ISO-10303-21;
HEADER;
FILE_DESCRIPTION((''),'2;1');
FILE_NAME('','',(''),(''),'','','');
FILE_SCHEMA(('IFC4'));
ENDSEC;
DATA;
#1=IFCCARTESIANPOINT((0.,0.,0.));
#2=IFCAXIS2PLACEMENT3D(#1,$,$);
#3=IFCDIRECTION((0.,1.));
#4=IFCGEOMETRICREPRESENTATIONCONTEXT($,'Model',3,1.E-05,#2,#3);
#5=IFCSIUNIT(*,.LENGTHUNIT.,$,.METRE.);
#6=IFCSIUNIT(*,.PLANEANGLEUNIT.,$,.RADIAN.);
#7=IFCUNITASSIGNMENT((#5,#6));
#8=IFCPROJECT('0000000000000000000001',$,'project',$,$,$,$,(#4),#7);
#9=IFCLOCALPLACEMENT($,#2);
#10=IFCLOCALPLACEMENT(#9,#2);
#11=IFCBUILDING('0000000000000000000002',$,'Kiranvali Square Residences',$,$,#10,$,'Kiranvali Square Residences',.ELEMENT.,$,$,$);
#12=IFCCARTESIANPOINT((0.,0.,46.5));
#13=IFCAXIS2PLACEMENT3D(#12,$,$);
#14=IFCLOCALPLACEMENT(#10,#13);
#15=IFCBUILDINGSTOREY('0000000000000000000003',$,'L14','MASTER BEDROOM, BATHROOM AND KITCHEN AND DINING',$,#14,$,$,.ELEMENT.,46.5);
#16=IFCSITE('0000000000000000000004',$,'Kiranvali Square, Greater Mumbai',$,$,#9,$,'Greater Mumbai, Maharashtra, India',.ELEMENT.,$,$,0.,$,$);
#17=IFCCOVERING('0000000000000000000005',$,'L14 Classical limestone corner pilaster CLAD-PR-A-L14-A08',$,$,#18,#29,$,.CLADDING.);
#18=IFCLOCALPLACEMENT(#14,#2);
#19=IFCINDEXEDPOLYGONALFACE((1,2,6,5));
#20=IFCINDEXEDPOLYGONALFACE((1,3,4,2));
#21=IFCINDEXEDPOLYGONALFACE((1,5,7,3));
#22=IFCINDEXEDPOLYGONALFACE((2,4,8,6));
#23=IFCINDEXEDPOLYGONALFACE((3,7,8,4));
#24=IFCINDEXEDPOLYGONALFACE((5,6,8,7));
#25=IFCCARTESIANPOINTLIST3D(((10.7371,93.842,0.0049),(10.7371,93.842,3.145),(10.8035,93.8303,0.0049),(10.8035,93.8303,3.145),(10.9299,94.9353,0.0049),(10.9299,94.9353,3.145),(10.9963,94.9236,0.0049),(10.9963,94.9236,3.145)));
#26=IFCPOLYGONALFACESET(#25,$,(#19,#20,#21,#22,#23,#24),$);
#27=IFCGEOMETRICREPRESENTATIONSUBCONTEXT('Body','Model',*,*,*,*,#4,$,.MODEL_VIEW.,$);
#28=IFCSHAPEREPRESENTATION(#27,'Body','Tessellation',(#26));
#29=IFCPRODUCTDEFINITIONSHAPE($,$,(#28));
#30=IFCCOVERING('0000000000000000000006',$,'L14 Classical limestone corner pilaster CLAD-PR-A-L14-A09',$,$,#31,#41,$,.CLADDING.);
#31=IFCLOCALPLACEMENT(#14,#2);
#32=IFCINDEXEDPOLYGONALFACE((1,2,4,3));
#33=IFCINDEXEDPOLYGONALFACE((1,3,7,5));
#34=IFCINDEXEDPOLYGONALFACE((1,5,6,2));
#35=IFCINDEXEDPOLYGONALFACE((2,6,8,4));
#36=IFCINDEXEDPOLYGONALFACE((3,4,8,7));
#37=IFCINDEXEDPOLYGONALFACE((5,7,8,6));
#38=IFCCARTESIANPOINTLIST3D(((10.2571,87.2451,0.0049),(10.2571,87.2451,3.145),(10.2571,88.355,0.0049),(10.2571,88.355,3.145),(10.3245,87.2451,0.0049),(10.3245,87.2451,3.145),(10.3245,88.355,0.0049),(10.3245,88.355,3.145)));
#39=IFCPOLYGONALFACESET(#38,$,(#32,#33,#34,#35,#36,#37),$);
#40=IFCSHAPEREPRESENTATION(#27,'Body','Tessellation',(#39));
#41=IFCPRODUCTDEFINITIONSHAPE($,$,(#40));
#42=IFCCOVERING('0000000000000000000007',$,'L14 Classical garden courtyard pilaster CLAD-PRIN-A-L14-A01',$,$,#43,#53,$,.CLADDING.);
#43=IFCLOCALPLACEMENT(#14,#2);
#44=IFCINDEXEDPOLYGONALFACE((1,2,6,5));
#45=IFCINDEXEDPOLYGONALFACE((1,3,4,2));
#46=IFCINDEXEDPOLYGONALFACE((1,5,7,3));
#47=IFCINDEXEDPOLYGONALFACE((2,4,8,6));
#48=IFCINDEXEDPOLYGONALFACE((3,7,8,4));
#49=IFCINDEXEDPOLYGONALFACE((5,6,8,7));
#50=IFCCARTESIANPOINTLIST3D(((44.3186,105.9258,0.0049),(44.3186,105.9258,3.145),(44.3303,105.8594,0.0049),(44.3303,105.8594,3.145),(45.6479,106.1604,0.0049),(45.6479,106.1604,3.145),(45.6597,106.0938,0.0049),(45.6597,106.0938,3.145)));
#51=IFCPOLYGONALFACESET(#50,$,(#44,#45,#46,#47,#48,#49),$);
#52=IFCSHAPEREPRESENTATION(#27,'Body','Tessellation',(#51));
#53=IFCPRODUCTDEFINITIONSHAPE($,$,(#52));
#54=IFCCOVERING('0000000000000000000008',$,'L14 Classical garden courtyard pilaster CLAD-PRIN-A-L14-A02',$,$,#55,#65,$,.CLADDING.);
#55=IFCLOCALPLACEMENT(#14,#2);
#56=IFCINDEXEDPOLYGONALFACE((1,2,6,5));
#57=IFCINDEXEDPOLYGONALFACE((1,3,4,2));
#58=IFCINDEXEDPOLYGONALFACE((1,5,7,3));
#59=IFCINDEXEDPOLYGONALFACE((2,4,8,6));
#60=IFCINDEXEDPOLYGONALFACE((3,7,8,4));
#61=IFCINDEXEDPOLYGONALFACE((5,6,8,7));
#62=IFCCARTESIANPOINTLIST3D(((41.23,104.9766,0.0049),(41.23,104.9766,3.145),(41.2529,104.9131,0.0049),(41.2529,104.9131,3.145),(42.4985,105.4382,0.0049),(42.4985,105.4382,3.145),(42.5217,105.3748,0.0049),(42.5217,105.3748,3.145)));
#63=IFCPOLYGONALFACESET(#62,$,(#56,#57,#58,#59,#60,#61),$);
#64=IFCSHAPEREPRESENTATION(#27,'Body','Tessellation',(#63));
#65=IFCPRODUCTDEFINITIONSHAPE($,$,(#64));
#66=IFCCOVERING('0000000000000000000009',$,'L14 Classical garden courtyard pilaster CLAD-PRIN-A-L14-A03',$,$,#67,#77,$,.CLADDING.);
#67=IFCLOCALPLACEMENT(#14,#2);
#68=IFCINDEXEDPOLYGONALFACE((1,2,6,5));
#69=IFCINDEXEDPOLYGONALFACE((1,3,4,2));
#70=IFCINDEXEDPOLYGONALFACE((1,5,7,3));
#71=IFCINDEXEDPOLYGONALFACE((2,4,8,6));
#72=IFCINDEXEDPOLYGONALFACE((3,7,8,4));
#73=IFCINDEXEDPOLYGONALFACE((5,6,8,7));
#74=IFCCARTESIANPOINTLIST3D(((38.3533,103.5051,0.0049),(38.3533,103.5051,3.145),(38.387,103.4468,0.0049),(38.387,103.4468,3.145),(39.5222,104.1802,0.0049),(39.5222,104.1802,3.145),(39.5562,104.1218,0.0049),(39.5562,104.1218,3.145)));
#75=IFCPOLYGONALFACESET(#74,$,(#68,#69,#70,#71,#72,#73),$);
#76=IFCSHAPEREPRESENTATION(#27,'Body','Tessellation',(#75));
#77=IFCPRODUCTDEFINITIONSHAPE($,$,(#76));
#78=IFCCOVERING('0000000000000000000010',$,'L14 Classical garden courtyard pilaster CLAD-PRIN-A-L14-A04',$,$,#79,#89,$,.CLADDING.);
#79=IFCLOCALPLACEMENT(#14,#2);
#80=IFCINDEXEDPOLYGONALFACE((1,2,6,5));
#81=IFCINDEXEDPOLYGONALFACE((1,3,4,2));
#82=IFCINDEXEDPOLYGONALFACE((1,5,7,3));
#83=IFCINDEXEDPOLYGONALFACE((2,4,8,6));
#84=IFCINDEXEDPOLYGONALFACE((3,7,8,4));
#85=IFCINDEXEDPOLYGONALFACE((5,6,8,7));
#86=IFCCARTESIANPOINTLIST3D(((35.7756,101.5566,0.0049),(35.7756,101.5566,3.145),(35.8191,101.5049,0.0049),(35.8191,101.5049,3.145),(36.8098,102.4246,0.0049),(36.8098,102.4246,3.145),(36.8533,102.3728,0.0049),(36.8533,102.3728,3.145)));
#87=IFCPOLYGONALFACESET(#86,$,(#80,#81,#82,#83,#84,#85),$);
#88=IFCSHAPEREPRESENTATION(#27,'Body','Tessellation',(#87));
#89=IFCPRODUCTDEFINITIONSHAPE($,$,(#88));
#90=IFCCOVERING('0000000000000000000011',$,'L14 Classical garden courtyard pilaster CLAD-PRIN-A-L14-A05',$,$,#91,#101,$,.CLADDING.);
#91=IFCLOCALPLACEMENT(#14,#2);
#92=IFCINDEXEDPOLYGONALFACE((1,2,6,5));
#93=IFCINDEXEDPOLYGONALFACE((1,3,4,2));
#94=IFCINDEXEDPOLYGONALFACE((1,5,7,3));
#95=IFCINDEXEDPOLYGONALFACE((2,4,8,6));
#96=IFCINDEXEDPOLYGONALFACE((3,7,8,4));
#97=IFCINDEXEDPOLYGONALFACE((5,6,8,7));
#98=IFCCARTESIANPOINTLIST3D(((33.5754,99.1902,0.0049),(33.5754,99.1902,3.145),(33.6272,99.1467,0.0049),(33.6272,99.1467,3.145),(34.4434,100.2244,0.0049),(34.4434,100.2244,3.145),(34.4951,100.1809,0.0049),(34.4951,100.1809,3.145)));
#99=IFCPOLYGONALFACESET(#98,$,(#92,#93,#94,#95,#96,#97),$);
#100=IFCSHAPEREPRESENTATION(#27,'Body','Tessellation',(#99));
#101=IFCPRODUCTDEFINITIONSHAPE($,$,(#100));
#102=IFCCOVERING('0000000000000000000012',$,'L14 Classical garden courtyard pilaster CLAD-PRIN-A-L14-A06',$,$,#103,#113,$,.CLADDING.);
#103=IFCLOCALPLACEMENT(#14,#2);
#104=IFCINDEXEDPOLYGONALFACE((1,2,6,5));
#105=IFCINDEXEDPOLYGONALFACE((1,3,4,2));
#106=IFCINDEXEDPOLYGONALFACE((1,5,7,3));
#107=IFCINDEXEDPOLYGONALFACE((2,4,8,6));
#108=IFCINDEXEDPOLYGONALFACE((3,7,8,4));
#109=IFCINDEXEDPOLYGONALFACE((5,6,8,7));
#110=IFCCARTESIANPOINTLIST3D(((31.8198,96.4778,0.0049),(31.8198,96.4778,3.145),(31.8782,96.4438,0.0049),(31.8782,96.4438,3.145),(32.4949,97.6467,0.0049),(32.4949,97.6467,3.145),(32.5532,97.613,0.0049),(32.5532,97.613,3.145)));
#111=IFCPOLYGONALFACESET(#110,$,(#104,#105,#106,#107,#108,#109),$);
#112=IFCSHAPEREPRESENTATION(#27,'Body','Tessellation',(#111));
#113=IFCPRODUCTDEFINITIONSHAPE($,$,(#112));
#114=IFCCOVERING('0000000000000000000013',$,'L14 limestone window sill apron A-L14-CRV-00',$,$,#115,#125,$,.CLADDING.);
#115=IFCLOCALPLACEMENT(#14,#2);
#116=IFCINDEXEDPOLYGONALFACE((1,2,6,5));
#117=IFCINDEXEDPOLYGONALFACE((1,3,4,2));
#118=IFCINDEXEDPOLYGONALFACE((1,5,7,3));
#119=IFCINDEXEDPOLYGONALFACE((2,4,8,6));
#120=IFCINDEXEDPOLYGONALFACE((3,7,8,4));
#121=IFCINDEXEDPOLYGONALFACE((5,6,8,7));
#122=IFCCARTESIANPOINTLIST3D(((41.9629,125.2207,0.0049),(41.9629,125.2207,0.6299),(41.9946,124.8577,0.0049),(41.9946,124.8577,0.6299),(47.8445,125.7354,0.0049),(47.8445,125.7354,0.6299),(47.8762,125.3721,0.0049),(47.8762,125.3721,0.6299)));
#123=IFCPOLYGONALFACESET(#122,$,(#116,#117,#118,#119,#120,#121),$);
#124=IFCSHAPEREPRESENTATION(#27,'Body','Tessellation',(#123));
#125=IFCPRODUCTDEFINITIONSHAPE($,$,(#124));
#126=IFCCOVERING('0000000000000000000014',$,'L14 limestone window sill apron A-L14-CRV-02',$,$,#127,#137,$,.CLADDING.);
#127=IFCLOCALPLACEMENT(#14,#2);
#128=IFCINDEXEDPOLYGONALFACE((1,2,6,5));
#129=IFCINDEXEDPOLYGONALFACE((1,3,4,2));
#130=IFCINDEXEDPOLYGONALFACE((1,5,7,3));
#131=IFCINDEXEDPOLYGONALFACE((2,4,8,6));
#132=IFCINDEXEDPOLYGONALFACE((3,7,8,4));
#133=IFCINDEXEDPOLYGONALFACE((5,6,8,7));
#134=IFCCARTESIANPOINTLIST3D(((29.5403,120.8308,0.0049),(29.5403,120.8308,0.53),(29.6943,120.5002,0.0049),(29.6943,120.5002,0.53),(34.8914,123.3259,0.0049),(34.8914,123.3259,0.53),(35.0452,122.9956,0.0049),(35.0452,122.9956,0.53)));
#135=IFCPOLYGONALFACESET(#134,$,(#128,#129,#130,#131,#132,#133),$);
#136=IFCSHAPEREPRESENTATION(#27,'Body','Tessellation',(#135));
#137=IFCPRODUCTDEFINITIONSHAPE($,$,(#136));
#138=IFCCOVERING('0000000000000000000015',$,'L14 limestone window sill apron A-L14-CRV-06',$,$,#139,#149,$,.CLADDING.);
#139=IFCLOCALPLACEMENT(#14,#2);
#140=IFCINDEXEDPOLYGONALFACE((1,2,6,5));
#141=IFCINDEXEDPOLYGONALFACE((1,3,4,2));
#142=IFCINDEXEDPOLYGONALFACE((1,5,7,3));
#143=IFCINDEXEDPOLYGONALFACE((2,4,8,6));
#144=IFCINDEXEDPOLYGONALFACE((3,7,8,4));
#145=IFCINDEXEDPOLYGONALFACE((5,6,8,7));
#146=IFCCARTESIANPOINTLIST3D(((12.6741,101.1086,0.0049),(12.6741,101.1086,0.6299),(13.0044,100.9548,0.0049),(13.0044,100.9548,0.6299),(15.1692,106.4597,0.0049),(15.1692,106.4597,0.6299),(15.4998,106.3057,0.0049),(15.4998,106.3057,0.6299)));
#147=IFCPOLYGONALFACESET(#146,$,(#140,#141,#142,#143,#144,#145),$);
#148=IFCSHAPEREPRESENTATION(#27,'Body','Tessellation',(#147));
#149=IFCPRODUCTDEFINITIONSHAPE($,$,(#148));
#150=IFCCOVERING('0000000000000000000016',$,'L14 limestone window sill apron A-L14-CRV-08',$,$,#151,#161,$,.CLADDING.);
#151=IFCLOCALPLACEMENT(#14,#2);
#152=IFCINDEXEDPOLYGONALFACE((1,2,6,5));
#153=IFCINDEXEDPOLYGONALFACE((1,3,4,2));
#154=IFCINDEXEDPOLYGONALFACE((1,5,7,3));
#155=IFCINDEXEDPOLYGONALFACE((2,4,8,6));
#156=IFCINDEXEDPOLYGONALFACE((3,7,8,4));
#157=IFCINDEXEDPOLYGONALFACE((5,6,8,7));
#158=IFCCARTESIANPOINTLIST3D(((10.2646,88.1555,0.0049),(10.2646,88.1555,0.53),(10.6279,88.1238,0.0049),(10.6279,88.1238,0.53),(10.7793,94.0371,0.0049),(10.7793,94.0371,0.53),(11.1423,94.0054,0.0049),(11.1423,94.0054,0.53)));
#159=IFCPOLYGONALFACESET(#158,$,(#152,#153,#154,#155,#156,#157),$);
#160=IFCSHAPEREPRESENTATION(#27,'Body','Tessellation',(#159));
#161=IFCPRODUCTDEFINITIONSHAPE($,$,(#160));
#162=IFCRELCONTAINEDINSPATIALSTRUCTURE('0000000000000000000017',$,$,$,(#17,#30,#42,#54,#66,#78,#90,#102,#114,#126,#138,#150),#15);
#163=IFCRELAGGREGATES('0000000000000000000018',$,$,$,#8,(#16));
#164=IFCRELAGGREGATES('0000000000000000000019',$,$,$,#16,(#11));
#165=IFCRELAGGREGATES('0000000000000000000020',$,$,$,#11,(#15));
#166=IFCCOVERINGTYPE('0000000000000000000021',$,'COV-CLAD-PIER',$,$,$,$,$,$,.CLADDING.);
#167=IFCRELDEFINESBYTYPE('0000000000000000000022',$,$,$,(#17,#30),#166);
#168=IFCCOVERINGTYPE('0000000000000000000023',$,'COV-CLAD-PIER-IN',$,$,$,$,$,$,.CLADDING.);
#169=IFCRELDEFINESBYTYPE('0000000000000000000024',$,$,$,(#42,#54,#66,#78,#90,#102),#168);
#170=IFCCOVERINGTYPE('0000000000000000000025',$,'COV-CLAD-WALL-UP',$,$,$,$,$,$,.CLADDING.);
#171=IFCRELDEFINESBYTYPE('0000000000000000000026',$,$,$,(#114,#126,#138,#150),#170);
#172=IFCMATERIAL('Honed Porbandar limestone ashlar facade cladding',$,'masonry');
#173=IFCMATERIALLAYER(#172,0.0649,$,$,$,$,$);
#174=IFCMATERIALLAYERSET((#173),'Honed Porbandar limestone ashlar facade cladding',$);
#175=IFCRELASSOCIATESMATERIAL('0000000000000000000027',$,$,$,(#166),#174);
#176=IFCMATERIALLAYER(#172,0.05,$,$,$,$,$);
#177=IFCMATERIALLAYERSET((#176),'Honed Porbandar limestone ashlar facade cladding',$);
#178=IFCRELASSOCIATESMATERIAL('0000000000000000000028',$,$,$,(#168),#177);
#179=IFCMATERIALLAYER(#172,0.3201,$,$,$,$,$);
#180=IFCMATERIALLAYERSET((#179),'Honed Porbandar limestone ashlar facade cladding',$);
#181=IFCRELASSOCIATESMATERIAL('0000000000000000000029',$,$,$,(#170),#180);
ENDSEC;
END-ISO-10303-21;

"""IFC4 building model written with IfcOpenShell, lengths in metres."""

from ifc_helpers import new_model, si_unit, direction, frame, origin, place, context, subcontext, project, spatial, polyline, outline, extrude, material, layer, layer_set, type_object, element, save


model = new_model("IFC4")

# Units and contexts
model_context = context("Model", 3, precision=1e-05, world=origin(), true_north=direction((0.0, 1.0)))
body_context = subcontext(model_context, "Body", "Model", "MODEL_VIEW")
ifc_project = project(units=[si_unit("LENGTHUNIT", "METRE"), si_unit("PLANEANGLEUNIT", "RADIAN")], contexts=[model_context])

# Site, building, storey
site_placement = place(None, origin())
site = spatial("IfcSite", under=ifc_project, at=site_placement, Name="Kiranvali Square, Greater Mumbai", LongName="Greater Mumbai, Maharashtra, India", CompositionType="ELEMENT", RefElevation=0.0)
building_placement = place(site_placement, origin())
building = spatial("IfcBuilding", under=site, at=building_placement, Name="Kiranvali Square Residences", LongName="Kiranvali Square Residences", CompositionType="ELEMENT")
storey_placement = place(building_placement, frame((0.0, 0.0, 46.5)))
storey = spatial("IfcBuildingStorey", under=building, at=storey_placement, Name="L14", Description="MASTER BEDROOM, BATHROOM AND KITCHEN AND DINING", CompositionType="ELEMENT", Elevation=46.5)

# Coverings
ifc_material_1 = material(Name="Honed Porbandar limestone ashlar facade cladding", Category="masonry")
ifc_layer_1 = layer(ifc_material_1, 0.0649)
ifc_layer_set_1 = layer_set([ifc_layer_1], Name="Honed Porbandar limestone ashlar facade cladding")
covering_type_1 = type_object("IfcCoveringType", Name="COV-CLAD-PIER", PredefinedType="CLADDING", material=ifc_layer_set_1)
covering_1_placement = place(storey_placement, frame((0.0, 0.0, 0.0049)))
element("IfcCovering", 1, at=covering_1_placement, inside=storey, type_object=covering_type_1, Name="L14 Classical limestone corner pilaster CLAD-PR-A-L14-A08", PredefinedType="CLADDING", context=body_context, shape_type="SweptSolid", body=[
    extrude(outline(polyline([(10.9299, 94.9353), (10.7371, 93.842), (10.8035, 93.8303), (10.9963, 94.9236), (10.9299, 94.9353)])), origin(), (0.0, 0.0, 1.0), 3.1401),
])
covering_2_placement = place(storey_placement, frame((0.0, 0.0, 0.0049)))
element("IfcCovering", 2, at=covering_2_placement, inside=storey, type_object=covering_type_1, Name="L14 Classical limestone corner pilaster CLAD-PR-A-L14-A09", PredefinedType="CLADDING", context=body_context, shape_type="SweptSolid", body=[
    extrude(outline(polyline([(10.2571, 88.355), (10.2571, 87.2451), (10.3245, 87.2451), (10.3245, 88.355), (10.2571, 88.355)])), origin(), (0.0, 0.0, 1.0), 3.1401),
])
ifc_layer_2 = layer(ifc_material_1, 0.05)
ifc_layer_set_2 = layer_set([ifc_layer_2], Name="Honed Porbandar limestone ashlar facade cladding")
covering_type_2 = type_object("IfcCoveringType", Name="COV-CLAD-PIER-IN", PredefinedType="CLADDING", material=ifc_layer_set_2)
covering_3_placement = place(storey_placement, frame((0.0, 0.0, 0.0049)))
element("IfcCovering", 3, at=covering_3_placement, inside=storey, type_object=covering_type_2, Name="L14 Classical garden courtyard pilaster CLAD-PRIN-A-L14-A01", PredefinedType="CLADDING", context=body_context, shape_type="SweptSolid", body=[
    extrude(outline(polyline([(44.3303, 105.8594), (45.6597, 106.0938), (45.6479, 106.1604), (44.3186, 105.9258), (44.3303, 105.8594)])), origin(), (0.0, 0.0, 1.0), 3.1401),
])
covering_4_placement = place(storey_placement, frame((0.0, 0.0, 0.0049)))
element("IfcCovering", 4, at=covering_4_placement, inside=storey, type_object=covering_type_2, Name="L14 Classical garden courtyard pilaster CLAD-PRIN-A-L14-A02", PredefinedType="CLADDING", context=body_context, shape_type="SweptSolid", body=[
    extrude(outline(polyline([(41.2529, 104.9131), (42.5217, 105.3748), (42.4985, 105.4382), (41.23, 104.9766), (41.2529, 104.9131)])), origin(), (0.0, 0.0, 1.0), 3.1401),
])
covering_5_placement = place(storey_placement, frame((0.0, 0.0, 0.0049)))
element("IfcCovering", 5, at=covering_5_placement, inside=storey, type_object=covering_type_2, Name="L14 Classical garden courtyard pilaster CLAD-PRIN-A-L14-A03", PredefinedType="CLADDING", context=body_context, shape_type="SweptSolid", body=[
    extrude(outline(polyline([(38.387, 103.4468), (39.5562, 104.1218), (39.5222, 104.1802), (38.3533, 103.5051), (38.387, 103.4468)])), origin(), (0.0, 0.0, 1.0), 3.1401),
])
covering_6_placement = place(storey_placement, frame((0.0, 0.0, 0.0049)))
element("IfcCovering", 6, at=covering_6_placement, inside=storey, type_object=covering_type_2, Name="L14 Classical garden courtyard pilaster CLAD-PRIN-A-L14-A04", PredefinedType="CLADDING", context=body_context, shape_type="SweptSolid", body=[
    extrude(outline(polyline([(35.8191, 101.5049), (36.8533, 102.3728), (36.8098, 102.4246), (35.7756, 101.5566), (35.8191, 101.5049)])), origin(), (0.0, 0.0, 1.0), 3.1401),
])
covering_7_placement = place(storey_placement, frame((0.0, 0.0, 0.0049)))
element("IfcCovering", 7, at=covering_7_placement, inside=storey, type_object=covering_type_2, Name="L14 Classical garden courtyard pilaster CLAD-PRIN-A-L14-A05", PredefinedType="CLADDING", context=body_context, shape_type="SweptSolid", body=[
    extrude(outline(polyline([(33.6272, 99.1467), (34.4951, 100.1809), (34.4434, 100.2244), (33.5754, 99.1902), (33.6272, 99.1467)])), origin(), (0.0, 0.0, 1.0), 3.1401),
])
covering_8_placement = place(storey_placement, frame((0.0, 0.0, 0.0049)))
element("IfcCovering", 8, at=covering_8_placement, inside=storey, type_object=covering_type_2, Name="L14 Classical garden courtyard pilaster CLAD-PRIN-A-L14-A06", PredefinedType="CLADDING", context=body_context, shape_type="SweptSolid", body=[
    extrude(outline(polyline([(31.8782, 96.4438), (32.5532, 97.613), (32.4949, 97.6467), (31.8198, 96.4778), (31.8782, 96.4438)])), origin(), (0.0, 0.0, 1.0), 3.1401),
])
ifc_layer_3 = layer(ifc_material_1, 0.3201)
ifc_layer_set_3 = layer_set([ifc_layer_3], Name="Honed Porbandar limestone ashlar facade cladding")
covering_type_3 = type_object("IfcCoveringType", Name="COV-CLAD-WALL-UP", PredefinedType="CLADDING", material=ifc_layer_set_3)
covering_9_placement = place(storey_placement, frame((0.0, 0.0, 0.0049)))
element("IfcCovering", 9, at=covering_9_placement, inside=storey, type_object=covering_type_3, Name="L14 limestone window sill apron A-L14-CRV-00", PredefinedType="CLADDING", context=body_context, shape_type="SweptSolid", body=[
    extrude(outline(polyline([(47.8445, 125.7354), (41.9629, 125.2207), (41.9946, 124.8577), (47.8762, 125.3721), (47.8445, 125.7354)])), origin(), (0.0, 0.0, 1.0), 0.625),
])
covering_10_placement = place(storey_placement, frame((0.0, 0.0, 0.0049)))
element("IfcCovering", 10, at=covering_10_placement, inside=storey, type_object=covering_type_3, Name="L14 limestone window sill apron A-L14-CRV-02", PredefinedType="CLADDING", context=body_context, shape_type="SweptSolid", body=[
    extrude(outline(polyline([(34.8914, 123.3259), (29.5403, 120.8308), (29.6943, 120.5002), (35.0452, 122.9956), (34.8914, 123.3259)])), origin(), (0.0, 0.0, 1.0), 0.5251),
])
covering_11_placement = place(storey_placement, frame((0.0, 0.0, 0.0049)))
element("IfcCovering", 11, at=covering_11_placement, inside=storey, type_object=covering_type_3, Name="L14 limestone window sill apron A-L14-CRV-06", PredefinedType="CLADDING", context=body_context, shape_type="SweptSolid", body=[
    extrude(outline(polyline([(15.1692, 106.4597), (12.6741, 101.1086), (13.0044, 100.9548), (15.4998, 106.3057), (15.1692, 106.4597)])), origin(), (0.0, 0.0, 1.0), 0.625),
])
covering_12_placement = place(storey_placement, frame((0.0, 0.0, 0.0049)))
element("IfcCovering", 12, at=covering_12_placement, inside=storey, type_object=covering_type_3, Name="L14 limestone window sill apron A-L14-CRV-08", PredefinedType="CLADDING", context=body_context, shape_type="SweptSolid", body=[
    extrude(outline(polyline([(10.7793, 94.0371), (10.2646, 88.1555), (10.6279, 88.1238), (11.1423, 94.0054), (10.7793, 94.0371)])), origin(), (0.0, 0.0, 1.0), 0.5251),
])

save(model, "model.ifc")
